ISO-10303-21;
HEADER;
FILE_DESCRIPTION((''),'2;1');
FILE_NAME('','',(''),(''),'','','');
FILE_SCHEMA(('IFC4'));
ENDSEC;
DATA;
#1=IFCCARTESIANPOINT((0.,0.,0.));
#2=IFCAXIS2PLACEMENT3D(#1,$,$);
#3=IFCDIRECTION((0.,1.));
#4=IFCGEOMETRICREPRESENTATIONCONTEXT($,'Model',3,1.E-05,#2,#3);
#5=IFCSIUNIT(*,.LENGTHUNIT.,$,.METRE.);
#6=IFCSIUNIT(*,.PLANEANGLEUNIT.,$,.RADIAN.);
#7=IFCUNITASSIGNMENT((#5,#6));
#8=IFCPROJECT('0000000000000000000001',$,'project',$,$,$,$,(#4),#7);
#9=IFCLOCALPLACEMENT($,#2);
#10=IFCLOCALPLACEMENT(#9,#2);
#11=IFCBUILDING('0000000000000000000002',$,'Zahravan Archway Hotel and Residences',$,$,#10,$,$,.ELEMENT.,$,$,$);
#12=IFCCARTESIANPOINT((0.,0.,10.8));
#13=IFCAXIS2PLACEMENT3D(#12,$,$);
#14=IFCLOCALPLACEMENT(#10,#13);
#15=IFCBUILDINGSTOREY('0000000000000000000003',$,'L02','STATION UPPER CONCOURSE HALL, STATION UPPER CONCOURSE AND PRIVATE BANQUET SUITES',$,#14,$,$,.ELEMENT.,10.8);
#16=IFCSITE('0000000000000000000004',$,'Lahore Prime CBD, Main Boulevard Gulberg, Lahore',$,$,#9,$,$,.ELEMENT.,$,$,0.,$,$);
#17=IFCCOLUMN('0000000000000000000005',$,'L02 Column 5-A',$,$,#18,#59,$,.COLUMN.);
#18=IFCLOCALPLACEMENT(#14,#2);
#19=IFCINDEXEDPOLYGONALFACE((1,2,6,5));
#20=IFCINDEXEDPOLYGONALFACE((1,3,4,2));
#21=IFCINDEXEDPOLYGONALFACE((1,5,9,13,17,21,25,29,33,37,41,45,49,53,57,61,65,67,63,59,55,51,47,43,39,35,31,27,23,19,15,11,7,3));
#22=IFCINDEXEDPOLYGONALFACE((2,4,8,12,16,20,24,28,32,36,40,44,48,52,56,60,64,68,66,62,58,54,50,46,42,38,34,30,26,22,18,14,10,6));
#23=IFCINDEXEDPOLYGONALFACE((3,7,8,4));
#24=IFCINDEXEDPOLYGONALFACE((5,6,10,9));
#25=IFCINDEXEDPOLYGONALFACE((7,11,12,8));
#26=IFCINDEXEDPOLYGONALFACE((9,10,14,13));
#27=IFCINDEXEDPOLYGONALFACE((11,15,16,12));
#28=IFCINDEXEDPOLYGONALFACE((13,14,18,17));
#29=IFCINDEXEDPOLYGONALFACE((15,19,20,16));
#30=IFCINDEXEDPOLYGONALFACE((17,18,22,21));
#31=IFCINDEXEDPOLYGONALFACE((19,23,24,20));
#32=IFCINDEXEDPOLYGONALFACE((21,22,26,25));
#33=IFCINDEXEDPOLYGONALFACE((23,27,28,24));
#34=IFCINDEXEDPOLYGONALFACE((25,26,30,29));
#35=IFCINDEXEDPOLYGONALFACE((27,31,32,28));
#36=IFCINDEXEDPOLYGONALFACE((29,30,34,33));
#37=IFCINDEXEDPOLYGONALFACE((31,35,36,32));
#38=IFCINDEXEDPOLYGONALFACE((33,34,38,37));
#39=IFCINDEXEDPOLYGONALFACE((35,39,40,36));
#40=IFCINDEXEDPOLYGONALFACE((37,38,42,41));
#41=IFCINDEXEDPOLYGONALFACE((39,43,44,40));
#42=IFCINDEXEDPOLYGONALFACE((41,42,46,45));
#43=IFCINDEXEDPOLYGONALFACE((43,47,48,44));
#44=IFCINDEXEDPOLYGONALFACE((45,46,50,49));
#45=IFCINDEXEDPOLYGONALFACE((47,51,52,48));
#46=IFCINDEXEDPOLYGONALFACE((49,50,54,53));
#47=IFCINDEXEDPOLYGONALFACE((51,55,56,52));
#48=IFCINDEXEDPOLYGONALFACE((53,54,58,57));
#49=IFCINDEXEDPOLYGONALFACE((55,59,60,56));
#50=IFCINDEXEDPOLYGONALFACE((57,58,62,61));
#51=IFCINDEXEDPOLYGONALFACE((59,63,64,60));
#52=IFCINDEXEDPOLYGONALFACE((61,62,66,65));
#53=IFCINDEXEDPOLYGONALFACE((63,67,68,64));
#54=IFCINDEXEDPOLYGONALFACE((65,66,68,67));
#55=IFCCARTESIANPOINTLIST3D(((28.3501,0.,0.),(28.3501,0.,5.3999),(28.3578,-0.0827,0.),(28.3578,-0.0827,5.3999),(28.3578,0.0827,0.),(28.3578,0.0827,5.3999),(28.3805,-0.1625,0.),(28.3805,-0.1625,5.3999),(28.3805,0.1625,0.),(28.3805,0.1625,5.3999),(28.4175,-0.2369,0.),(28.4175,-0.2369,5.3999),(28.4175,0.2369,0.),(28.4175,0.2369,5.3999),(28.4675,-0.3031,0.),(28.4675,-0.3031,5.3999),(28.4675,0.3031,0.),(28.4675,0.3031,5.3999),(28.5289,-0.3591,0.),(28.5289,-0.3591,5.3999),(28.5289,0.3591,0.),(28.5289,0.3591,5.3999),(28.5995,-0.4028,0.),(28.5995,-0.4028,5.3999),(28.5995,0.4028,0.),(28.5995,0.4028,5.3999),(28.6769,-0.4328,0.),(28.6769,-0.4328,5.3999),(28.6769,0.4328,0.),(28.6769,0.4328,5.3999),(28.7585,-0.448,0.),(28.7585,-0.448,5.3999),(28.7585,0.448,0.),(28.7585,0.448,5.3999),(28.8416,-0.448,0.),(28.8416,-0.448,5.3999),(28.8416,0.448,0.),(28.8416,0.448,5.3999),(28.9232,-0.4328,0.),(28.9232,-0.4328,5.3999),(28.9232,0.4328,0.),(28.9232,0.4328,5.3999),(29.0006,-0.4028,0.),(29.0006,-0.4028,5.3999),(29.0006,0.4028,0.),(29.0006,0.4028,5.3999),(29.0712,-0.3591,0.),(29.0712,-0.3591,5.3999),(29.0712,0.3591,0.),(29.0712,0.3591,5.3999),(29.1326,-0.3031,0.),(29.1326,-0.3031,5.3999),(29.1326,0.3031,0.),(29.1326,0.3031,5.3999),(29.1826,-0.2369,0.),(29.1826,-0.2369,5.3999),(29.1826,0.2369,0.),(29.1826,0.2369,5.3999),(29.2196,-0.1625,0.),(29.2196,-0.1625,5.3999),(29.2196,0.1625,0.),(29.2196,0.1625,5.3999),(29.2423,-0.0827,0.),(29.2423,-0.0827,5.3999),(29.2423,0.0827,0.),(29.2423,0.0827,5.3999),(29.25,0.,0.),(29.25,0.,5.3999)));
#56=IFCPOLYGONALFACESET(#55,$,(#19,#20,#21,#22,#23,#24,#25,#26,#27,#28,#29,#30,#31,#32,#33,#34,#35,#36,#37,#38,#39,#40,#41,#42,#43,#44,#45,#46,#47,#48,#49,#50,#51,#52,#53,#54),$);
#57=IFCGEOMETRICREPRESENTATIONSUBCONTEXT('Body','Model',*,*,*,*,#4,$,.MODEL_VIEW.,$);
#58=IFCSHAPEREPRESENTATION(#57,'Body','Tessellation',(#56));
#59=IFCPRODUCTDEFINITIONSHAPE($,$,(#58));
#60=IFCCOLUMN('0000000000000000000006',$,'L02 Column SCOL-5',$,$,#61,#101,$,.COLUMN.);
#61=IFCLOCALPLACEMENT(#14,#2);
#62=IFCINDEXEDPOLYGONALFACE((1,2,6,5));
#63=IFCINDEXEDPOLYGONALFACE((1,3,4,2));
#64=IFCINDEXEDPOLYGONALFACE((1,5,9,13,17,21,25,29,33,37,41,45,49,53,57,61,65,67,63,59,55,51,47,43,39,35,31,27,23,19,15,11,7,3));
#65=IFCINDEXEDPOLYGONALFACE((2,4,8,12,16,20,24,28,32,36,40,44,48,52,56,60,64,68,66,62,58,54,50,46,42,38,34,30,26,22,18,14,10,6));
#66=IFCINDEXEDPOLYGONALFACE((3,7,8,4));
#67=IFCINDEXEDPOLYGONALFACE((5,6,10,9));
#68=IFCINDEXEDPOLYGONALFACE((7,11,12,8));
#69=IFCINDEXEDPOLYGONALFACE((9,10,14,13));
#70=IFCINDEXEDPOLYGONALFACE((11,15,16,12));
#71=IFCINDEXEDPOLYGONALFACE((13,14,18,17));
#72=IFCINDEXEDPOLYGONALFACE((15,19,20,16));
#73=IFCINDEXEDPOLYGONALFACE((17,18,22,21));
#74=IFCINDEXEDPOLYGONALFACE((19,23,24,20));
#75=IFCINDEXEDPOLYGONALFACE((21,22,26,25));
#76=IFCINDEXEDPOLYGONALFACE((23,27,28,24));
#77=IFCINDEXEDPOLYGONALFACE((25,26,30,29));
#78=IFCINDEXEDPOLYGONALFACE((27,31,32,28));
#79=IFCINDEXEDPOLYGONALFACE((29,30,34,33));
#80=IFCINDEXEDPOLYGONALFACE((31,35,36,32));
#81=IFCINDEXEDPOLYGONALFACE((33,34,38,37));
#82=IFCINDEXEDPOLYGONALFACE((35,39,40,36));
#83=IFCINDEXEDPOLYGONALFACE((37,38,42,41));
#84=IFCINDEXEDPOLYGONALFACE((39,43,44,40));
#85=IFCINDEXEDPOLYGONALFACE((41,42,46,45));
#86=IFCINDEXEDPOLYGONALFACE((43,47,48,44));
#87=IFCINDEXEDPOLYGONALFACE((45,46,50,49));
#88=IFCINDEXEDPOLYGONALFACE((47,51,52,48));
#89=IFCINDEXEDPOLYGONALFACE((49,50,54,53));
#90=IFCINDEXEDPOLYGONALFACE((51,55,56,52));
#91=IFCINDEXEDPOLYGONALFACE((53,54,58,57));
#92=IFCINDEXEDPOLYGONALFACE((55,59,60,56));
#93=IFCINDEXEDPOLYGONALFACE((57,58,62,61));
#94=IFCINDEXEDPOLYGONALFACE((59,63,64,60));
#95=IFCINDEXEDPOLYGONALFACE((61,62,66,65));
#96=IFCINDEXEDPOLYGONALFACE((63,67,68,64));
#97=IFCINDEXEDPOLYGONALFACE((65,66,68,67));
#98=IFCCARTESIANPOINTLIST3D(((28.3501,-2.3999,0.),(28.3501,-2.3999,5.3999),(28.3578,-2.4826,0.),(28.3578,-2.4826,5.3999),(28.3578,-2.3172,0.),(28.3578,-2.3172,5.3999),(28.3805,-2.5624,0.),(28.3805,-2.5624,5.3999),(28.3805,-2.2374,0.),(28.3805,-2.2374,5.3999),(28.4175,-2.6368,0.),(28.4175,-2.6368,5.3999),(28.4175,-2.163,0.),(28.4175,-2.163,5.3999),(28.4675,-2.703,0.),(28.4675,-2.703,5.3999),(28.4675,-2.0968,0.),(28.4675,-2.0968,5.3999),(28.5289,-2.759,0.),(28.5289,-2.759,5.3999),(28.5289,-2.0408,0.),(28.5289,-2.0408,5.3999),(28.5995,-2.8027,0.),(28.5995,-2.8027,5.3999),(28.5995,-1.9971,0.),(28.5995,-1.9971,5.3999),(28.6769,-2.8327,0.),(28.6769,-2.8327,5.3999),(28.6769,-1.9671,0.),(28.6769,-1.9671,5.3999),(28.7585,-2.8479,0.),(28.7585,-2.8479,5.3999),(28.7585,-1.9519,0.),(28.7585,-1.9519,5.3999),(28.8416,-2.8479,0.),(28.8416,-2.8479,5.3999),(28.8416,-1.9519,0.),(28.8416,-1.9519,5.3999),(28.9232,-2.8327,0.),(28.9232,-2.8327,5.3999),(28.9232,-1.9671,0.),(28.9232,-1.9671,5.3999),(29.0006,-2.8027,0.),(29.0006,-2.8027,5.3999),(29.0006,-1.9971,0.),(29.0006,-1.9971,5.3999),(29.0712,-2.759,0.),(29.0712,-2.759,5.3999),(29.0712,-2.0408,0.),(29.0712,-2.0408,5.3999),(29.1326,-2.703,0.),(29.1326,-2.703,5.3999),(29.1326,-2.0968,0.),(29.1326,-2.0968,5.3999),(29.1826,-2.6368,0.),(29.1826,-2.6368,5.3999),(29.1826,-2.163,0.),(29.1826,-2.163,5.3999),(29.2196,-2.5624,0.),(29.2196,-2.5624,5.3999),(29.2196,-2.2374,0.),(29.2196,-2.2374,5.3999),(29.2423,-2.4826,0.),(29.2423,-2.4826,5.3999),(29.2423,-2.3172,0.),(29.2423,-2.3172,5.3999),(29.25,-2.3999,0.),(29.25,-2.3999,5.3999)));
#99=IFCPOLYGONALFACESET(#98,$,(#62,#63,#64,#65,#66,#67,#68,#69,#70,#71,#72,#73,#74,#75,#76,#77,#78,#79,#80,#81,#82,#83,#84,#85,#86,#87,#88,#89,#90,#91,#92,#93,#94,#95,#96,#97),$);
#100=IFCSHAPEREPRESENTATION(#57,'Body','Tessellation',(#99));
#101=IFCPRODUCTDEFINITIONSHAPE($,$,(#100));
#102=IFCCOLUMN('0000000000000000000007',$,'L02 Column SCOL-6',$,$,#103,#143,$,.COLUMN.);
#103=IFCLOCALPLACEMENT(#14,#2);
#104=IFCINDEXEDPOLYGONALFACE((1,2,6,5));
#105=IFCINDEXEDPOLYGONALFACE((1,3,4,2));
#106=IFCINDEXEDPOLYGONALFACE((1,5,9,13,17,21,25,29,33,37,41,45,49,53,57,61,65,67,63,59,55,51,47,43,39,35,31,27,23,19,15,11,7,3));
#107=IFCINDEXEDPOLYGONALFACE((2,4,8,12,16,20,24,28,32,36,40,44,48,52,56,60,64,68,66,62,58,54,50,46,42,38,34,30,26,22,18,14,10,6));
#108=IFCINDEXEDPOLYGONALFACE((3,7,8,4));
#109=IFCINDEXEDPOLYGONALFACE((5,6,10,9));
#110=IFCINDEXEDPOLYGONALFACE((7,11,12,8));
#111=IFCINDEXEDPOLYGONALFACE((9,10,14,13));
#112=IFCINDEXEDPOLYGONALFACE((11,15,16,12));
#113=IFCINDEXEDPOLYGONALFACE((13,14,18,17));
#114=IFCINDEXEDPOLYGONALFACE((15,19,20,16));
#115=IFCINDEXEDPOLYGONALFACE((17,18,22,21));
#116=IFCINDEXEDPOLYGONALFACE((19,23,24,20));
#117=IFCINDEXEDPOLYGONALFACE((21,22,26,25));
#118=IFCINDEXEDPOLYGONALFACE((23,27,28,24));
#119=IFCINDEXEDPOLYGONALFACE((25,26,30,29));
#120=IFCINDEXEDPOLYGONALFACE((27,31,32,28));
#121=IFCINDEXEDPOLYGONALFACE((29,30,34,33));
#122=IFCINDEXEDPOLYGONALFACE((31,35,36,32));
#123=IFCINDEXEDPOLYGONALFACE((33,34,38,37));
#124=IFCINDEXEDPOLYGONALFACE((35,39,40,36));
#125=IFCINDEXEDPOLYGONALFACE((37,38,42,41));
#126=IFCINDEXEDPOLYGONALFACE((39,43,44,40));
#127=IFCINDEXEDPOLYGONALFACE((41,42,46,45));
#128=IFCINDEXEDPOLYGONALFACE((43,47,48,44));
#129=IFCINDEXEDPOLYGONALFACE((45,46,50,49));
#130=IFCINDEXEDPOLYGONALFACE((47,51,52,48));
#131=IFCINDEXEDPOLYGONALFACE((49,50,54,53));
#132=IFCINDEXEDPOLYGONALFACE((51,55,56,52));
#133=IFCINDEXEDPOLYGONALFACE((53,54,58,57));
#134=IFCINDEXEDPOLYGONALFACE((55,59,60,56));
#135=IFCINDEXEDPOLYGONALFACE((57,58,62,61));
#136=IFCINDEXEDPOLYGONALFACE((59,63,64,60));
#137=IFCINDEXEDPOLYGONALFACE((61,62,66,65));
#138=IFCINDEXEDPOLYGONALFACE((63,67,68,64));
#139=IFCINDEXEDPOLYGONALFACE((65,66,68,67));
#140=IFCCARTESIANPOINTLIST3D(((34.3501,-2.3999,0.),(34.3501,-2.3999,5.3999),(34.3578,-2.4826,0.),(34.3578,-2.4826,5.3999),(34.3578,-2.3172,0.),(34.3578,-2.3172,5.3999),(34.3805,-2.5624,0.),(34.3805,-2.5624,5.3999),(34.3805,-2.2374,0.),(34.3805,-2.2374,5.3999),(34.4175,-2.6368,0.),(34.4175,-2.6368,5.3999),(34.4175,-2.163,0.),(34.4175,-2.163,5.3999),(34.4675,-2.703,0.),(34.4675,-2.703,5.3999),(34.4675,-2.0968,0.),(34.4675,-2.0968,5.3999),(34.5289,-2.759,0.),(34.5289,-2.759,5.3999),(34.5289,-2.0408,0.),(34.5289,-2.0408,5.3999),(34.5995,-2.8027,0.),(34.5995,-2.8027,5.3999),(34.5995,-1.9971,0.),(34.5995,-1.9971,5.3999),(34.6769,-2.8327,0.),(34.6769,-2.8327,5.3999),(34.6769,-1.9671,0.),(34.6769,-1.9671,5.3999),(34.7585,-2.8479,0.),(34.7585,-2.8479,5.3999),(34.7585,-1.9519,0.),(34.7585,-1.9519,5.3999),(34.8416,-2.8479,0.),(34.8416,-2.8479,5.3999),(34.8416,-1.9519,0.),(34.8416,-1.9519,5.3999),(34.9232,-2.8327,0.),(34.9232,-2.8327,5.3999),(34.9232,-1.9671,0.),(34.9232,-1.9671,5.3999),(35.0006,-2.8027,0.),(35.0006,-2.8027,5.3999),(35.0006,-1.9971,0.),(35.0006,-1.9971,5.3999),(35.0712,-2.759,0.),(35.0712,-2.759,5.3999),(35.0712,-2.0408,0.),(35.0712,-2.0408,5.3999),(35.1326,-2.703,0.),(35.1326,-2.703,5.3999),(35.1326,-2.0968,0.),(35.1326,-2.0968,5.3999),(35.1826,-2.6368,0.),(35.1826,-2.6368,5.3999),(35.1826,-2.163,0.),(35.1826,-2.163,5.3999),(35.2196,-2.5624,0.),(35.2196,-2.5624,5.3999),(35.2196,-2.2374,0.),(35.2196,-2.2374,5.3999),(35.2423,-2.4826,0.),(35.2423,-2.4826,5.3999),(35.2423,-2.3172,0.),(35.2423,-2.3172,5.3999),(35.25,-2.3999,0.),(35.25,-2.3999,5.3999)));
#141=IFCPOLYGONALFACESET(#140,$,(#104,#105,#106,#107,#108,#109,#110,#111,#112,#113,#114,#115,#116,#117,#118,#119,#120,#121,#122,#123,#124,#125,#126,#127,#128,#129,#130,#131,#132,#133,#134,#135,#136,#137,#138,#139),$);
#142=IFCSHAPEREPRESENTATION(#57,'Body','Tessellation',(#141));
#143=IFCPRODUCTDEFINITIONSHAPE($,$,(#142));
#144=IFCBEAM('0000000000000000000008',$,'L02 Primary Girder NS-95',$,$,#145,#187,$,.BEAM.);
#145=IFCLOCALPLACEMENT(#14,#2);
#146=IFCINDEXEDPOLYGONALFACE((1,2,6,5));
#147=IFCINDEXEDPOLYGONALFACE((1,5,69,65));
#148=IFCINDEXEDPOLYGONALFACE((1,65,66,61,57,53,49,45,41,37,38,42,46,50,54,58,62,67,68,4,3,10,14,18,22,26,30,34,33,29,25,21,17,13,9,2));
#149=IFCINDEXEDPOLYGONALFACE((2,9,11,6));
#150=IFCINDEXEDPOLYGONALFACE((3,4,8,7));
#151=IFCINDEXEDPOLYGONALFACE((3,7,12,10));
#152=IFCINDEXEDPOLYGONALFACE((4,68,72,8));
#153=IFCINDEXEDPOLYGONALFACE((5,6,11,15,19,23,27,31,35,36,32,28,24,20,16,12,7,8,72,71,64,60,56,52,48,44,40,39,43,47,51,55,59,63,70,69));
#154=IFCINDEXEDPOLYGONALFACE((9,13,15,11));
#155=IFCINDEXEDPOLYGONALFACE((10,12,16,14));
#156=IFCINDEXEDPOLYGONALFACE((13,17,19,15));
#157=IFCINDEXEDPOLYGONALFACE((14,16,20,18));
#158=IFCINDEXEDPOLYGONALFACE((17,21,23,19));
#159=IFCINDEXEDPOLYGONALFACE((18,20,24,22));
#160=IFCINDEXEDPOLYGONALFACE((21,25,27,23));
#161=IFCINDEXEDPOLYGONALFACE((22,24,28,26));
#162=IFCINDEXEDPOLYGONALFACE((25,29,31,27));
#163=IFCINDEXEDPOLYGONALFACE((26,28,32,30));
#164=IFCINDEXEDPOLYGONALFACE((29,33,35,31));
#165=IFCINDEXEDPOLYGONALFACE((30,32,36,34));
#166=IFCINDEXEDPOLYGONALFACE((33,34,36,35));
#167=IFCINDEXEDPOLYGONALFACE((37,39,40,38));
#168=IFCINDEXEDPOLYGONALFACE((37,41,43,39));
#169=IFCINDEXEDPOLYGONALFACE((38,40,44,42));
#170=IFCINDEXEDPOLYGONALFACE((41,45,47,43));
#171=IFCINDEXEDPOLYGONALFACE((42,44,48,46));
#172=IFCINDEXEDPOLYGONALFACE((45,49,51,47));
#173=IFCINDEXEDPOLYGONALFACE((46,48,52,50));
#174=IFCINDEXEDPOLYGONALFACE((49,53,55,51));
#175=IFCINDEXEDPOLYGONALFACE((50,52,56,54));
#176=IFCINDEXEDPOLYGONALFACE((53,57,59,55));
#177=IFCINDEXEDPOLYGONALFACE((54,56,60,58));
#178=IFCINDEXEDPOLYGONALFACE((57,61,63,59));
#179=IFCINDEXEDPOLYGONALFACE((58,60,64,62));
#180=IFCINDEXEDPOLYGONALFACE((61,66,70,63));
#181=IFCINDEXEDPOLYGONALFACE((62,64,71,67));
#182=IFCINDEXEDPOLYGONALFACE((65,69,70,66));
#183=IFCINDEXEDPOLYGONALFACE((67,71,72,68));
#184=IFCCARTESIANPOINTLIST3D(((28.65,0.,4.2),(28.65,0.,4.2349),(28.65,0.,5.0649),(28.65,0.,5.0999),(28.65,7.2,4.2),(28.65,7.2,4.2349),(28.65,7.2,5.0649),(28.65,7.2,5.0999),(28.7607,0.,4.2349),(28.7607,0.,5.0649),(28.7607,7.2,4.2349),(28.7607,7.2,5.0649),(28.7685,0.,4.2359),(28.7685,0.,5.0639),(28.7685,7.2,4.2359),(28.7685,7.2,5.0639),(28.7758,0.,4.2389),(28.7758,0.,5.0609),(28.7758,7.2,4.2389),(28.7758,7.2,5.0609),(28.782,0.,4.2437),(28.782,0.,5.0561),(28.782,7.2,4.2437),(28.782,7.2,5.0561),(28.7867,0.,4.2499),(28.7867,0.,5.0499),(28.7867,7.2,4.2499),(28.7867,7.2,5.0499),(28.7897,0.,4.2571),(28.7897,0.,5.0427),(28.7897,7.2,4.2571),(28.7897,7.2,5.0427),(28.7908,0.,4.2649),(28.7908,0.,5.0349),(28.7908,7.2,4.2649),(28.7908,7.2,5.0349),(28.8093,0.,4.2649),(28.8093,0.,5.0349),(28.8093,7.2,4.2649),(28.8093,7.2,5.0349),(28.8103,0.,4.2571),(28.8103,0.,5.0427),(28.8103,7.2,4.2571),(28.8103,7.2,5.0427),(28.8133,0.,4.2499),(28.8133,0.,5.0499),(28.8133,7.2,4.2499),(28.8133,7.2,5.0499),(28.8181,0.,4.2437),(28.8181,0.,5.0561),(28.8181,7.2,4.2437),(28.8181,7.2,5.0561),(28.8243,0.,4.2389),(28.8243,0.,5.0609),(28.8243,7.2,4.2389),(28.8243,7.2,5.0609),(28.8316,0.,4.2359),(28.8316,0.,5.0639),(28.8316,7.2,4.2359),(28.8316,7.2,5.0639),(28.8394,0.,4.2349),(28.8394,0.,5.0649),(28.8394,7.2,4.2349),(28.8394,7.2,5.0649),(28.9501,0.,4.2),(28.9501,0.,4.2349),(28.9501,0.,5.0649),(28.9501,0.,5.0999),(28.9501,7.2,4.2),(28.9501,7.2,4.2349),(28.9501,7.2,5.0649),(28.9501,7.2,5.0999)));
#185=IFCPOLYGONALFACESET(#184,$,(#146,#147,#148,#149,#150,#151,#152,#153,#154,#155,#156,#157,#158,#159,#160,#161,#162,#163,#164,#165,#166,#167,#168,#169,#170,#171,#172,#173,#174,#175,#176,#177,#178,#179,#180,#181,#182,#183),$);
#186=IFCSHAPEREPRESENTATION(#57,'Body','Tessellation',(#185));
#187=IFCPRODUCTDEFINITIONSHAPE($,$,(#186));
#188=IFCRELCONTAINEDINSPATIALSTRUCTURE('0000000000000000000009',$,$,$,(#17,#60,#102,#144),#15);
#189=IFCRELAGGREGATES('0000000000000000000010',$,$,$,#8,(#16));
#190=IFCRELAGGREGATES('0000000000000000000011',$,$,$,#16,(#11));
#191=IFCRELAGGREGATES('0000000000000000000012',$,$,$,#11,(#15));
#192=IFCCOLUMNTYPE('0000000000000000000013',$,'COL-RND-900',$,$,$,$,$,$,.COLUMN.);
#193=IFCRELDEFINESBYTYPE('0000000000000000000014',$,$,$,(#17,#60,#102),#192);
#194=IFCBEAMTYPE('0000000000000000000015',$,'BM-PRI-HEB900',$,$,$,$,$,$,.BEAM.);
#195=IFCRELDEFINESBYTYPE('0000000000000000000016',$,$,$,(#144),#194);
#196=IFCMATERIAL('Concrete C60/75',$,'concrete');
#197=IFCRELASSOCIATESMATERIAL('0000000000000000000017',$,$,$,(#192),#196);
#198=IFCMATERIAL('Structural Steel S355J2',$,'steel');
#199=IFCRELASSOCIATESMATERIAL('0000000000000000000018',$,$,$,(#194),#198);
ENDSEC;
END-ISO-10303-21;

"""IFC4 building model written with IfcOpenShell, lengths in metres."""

from ifc_helpers import new_model, si_unit, direction, frame, origin, origin_2d, place, context, subcontext, project, spatial, circle, i_section, extrude, source, transform, mapped, material, material_profile, profile_set, type_object, type_shapes, element, save


model = new_model("IFC4")

# Units and contexts
model_context = context("Model", 3, precision=1e-05, world=origin(), true_north=direction((0.0, 1.0)))
body_context = subcontext(model_context, "Body", "Model", "MODEL_VIEW")
ifc_project = project(units=[si_unit("LENGTHUNIT", "METRE"), si_unit("PLANEANGLEUNIT", "RADIAN")], contexts=[model_context])

# Site, building, storey
site_placement = place(None, origin())
site = spatial("IfcSite", under=ifc_project, at=site_placement, Name="Lahore Prime CBD, Main Boulevard Gulberg, Lahore", CompositionType="ELEMENT", RefElevation=0.0)
building_placement = place(site_placement, origin())
building = spatial("IfcBuilding", under=site, at=building_placement, Name="Zahravan Archway Hotel and Residences", CompositionType="ELEMENT")
storey_placement = place(building_placement, frame((0.0, 0.0, 10.8)))
storey = spatial("IfcBuildingStorey", under=building, at=storey_placement, Name="L02", Description="STATION UPPER CONCOURSE HALL, STATION UPPER CONCOURSE AND PRIVATE BANQUET SUITES", CompositionType="ELEMENT", Elevation=10.8)

# Columns
ifc_material_1 = material(Name="Concrete C60/75", Category="concrete")
ifc_material_profile_1 = material_profile(ifc_material_1, circle(Radius=0.45, at=origin_2d()), Name="RC-CIRC-900", Category="concrete")
ifc_profile_set_1 = profile_set([ifc_material_profile_1], Name="Concrete C60/75")
column_type = type_object("IfcColumnType", Name="COL-RND-900", PredefinedType="COLUMN", material=ifc_profile_set_1)
shared_shape_1 = source(origin(), body_context, "Body", "SweptSolid", [
    extrude(circle(Radius=0.45, at=origin_2d()), origin(), (0.0, 0.0, 1.0), 5.3999),
])
type_shapes(column_type, [shared_shape_1])
for number, where, z_axis, x_axis, name in (
    (1, (28.8, 0.0, 0.0), (0.0, 0.0, 1.0), (1.0, 0.0, 0.0), "L02 Column 5-A"),
    (2, (28.8, -2.3999, 0.0), (0.0, 0.0, 1.0), (1.0, 0.0, 0.0), "L02 Column SCOL-5"),
    (3, (34.8, -2.3999, 0.0), (0.0, 0.0, 1.0), (1.0, 0.0, 0.0), "L02 Column SCOL-6"),
):
    element("IfcColumn", number, at=place(storey_placement, frame(where, z_axis=z_axis, x_axis=x_axis)), inside=storey, type_object=column_type, Name=name, PredefinedType="COLUMN", context=body_context, shape_type="MappedRepresentation", body=[
        mapped(shared_shape_1, transform((0.0, 0.0, 0.0), scale=1.0)),
    ])

# Beam
ifc_material_2 = material(Name="Structural Steel S355J2", Category="steel")
ifc_material_profile_2 = material_profile(ifc_material_2, i_section(OverallWidth=0.3, OverallDepth=0.8999, WebThickness=0.0186, FlangeThickness=0.0349, FilletRadius=0.03, at=origin_2d()), Name="HEB 900", Category="steel")
ifc_profile_set_2 = profile_set([ifc_material_profile_2], Name="Structural Steel S355J2")
beam_type_1 = type_object("IfcBeamType", Name="BM-PRI-HEB900", PredefinedType="BEAM", material=ifc_profile_set_2)
shared_shape_2 = source(origin(), body_context, "Body", "SweptSolid", [
    extrude(i_section(OverallWidth=0.3, OverallDepth=0.8999, WebThickness=0.0186, FlangeThickness=0.0349, FilletRadius=0.03, at=origin_2d()), origin(), (0.0, 0.0, 1.0), 7.2),
])
beam_1_placement = place(storey_placement, frame((28.8, 0.0, 4.6499), z_axis=(0.0, 1.0, 0.0), x_axis=(-1.0, 0.0, 0.0)))
element("IfcBeam", 4, at=beam_1_placement, inside=storey, type_object=beam_type_1, Name="L02 Primary Girder NS-95", PredefinedType="BEAM", context=body_context, shape_type="MappedRepresentation", body=[
    mapped(shared_shape_2, transform((0.0, 0.0, 0.0), scale=1.0)),
])

save(model, "model.ifc")
